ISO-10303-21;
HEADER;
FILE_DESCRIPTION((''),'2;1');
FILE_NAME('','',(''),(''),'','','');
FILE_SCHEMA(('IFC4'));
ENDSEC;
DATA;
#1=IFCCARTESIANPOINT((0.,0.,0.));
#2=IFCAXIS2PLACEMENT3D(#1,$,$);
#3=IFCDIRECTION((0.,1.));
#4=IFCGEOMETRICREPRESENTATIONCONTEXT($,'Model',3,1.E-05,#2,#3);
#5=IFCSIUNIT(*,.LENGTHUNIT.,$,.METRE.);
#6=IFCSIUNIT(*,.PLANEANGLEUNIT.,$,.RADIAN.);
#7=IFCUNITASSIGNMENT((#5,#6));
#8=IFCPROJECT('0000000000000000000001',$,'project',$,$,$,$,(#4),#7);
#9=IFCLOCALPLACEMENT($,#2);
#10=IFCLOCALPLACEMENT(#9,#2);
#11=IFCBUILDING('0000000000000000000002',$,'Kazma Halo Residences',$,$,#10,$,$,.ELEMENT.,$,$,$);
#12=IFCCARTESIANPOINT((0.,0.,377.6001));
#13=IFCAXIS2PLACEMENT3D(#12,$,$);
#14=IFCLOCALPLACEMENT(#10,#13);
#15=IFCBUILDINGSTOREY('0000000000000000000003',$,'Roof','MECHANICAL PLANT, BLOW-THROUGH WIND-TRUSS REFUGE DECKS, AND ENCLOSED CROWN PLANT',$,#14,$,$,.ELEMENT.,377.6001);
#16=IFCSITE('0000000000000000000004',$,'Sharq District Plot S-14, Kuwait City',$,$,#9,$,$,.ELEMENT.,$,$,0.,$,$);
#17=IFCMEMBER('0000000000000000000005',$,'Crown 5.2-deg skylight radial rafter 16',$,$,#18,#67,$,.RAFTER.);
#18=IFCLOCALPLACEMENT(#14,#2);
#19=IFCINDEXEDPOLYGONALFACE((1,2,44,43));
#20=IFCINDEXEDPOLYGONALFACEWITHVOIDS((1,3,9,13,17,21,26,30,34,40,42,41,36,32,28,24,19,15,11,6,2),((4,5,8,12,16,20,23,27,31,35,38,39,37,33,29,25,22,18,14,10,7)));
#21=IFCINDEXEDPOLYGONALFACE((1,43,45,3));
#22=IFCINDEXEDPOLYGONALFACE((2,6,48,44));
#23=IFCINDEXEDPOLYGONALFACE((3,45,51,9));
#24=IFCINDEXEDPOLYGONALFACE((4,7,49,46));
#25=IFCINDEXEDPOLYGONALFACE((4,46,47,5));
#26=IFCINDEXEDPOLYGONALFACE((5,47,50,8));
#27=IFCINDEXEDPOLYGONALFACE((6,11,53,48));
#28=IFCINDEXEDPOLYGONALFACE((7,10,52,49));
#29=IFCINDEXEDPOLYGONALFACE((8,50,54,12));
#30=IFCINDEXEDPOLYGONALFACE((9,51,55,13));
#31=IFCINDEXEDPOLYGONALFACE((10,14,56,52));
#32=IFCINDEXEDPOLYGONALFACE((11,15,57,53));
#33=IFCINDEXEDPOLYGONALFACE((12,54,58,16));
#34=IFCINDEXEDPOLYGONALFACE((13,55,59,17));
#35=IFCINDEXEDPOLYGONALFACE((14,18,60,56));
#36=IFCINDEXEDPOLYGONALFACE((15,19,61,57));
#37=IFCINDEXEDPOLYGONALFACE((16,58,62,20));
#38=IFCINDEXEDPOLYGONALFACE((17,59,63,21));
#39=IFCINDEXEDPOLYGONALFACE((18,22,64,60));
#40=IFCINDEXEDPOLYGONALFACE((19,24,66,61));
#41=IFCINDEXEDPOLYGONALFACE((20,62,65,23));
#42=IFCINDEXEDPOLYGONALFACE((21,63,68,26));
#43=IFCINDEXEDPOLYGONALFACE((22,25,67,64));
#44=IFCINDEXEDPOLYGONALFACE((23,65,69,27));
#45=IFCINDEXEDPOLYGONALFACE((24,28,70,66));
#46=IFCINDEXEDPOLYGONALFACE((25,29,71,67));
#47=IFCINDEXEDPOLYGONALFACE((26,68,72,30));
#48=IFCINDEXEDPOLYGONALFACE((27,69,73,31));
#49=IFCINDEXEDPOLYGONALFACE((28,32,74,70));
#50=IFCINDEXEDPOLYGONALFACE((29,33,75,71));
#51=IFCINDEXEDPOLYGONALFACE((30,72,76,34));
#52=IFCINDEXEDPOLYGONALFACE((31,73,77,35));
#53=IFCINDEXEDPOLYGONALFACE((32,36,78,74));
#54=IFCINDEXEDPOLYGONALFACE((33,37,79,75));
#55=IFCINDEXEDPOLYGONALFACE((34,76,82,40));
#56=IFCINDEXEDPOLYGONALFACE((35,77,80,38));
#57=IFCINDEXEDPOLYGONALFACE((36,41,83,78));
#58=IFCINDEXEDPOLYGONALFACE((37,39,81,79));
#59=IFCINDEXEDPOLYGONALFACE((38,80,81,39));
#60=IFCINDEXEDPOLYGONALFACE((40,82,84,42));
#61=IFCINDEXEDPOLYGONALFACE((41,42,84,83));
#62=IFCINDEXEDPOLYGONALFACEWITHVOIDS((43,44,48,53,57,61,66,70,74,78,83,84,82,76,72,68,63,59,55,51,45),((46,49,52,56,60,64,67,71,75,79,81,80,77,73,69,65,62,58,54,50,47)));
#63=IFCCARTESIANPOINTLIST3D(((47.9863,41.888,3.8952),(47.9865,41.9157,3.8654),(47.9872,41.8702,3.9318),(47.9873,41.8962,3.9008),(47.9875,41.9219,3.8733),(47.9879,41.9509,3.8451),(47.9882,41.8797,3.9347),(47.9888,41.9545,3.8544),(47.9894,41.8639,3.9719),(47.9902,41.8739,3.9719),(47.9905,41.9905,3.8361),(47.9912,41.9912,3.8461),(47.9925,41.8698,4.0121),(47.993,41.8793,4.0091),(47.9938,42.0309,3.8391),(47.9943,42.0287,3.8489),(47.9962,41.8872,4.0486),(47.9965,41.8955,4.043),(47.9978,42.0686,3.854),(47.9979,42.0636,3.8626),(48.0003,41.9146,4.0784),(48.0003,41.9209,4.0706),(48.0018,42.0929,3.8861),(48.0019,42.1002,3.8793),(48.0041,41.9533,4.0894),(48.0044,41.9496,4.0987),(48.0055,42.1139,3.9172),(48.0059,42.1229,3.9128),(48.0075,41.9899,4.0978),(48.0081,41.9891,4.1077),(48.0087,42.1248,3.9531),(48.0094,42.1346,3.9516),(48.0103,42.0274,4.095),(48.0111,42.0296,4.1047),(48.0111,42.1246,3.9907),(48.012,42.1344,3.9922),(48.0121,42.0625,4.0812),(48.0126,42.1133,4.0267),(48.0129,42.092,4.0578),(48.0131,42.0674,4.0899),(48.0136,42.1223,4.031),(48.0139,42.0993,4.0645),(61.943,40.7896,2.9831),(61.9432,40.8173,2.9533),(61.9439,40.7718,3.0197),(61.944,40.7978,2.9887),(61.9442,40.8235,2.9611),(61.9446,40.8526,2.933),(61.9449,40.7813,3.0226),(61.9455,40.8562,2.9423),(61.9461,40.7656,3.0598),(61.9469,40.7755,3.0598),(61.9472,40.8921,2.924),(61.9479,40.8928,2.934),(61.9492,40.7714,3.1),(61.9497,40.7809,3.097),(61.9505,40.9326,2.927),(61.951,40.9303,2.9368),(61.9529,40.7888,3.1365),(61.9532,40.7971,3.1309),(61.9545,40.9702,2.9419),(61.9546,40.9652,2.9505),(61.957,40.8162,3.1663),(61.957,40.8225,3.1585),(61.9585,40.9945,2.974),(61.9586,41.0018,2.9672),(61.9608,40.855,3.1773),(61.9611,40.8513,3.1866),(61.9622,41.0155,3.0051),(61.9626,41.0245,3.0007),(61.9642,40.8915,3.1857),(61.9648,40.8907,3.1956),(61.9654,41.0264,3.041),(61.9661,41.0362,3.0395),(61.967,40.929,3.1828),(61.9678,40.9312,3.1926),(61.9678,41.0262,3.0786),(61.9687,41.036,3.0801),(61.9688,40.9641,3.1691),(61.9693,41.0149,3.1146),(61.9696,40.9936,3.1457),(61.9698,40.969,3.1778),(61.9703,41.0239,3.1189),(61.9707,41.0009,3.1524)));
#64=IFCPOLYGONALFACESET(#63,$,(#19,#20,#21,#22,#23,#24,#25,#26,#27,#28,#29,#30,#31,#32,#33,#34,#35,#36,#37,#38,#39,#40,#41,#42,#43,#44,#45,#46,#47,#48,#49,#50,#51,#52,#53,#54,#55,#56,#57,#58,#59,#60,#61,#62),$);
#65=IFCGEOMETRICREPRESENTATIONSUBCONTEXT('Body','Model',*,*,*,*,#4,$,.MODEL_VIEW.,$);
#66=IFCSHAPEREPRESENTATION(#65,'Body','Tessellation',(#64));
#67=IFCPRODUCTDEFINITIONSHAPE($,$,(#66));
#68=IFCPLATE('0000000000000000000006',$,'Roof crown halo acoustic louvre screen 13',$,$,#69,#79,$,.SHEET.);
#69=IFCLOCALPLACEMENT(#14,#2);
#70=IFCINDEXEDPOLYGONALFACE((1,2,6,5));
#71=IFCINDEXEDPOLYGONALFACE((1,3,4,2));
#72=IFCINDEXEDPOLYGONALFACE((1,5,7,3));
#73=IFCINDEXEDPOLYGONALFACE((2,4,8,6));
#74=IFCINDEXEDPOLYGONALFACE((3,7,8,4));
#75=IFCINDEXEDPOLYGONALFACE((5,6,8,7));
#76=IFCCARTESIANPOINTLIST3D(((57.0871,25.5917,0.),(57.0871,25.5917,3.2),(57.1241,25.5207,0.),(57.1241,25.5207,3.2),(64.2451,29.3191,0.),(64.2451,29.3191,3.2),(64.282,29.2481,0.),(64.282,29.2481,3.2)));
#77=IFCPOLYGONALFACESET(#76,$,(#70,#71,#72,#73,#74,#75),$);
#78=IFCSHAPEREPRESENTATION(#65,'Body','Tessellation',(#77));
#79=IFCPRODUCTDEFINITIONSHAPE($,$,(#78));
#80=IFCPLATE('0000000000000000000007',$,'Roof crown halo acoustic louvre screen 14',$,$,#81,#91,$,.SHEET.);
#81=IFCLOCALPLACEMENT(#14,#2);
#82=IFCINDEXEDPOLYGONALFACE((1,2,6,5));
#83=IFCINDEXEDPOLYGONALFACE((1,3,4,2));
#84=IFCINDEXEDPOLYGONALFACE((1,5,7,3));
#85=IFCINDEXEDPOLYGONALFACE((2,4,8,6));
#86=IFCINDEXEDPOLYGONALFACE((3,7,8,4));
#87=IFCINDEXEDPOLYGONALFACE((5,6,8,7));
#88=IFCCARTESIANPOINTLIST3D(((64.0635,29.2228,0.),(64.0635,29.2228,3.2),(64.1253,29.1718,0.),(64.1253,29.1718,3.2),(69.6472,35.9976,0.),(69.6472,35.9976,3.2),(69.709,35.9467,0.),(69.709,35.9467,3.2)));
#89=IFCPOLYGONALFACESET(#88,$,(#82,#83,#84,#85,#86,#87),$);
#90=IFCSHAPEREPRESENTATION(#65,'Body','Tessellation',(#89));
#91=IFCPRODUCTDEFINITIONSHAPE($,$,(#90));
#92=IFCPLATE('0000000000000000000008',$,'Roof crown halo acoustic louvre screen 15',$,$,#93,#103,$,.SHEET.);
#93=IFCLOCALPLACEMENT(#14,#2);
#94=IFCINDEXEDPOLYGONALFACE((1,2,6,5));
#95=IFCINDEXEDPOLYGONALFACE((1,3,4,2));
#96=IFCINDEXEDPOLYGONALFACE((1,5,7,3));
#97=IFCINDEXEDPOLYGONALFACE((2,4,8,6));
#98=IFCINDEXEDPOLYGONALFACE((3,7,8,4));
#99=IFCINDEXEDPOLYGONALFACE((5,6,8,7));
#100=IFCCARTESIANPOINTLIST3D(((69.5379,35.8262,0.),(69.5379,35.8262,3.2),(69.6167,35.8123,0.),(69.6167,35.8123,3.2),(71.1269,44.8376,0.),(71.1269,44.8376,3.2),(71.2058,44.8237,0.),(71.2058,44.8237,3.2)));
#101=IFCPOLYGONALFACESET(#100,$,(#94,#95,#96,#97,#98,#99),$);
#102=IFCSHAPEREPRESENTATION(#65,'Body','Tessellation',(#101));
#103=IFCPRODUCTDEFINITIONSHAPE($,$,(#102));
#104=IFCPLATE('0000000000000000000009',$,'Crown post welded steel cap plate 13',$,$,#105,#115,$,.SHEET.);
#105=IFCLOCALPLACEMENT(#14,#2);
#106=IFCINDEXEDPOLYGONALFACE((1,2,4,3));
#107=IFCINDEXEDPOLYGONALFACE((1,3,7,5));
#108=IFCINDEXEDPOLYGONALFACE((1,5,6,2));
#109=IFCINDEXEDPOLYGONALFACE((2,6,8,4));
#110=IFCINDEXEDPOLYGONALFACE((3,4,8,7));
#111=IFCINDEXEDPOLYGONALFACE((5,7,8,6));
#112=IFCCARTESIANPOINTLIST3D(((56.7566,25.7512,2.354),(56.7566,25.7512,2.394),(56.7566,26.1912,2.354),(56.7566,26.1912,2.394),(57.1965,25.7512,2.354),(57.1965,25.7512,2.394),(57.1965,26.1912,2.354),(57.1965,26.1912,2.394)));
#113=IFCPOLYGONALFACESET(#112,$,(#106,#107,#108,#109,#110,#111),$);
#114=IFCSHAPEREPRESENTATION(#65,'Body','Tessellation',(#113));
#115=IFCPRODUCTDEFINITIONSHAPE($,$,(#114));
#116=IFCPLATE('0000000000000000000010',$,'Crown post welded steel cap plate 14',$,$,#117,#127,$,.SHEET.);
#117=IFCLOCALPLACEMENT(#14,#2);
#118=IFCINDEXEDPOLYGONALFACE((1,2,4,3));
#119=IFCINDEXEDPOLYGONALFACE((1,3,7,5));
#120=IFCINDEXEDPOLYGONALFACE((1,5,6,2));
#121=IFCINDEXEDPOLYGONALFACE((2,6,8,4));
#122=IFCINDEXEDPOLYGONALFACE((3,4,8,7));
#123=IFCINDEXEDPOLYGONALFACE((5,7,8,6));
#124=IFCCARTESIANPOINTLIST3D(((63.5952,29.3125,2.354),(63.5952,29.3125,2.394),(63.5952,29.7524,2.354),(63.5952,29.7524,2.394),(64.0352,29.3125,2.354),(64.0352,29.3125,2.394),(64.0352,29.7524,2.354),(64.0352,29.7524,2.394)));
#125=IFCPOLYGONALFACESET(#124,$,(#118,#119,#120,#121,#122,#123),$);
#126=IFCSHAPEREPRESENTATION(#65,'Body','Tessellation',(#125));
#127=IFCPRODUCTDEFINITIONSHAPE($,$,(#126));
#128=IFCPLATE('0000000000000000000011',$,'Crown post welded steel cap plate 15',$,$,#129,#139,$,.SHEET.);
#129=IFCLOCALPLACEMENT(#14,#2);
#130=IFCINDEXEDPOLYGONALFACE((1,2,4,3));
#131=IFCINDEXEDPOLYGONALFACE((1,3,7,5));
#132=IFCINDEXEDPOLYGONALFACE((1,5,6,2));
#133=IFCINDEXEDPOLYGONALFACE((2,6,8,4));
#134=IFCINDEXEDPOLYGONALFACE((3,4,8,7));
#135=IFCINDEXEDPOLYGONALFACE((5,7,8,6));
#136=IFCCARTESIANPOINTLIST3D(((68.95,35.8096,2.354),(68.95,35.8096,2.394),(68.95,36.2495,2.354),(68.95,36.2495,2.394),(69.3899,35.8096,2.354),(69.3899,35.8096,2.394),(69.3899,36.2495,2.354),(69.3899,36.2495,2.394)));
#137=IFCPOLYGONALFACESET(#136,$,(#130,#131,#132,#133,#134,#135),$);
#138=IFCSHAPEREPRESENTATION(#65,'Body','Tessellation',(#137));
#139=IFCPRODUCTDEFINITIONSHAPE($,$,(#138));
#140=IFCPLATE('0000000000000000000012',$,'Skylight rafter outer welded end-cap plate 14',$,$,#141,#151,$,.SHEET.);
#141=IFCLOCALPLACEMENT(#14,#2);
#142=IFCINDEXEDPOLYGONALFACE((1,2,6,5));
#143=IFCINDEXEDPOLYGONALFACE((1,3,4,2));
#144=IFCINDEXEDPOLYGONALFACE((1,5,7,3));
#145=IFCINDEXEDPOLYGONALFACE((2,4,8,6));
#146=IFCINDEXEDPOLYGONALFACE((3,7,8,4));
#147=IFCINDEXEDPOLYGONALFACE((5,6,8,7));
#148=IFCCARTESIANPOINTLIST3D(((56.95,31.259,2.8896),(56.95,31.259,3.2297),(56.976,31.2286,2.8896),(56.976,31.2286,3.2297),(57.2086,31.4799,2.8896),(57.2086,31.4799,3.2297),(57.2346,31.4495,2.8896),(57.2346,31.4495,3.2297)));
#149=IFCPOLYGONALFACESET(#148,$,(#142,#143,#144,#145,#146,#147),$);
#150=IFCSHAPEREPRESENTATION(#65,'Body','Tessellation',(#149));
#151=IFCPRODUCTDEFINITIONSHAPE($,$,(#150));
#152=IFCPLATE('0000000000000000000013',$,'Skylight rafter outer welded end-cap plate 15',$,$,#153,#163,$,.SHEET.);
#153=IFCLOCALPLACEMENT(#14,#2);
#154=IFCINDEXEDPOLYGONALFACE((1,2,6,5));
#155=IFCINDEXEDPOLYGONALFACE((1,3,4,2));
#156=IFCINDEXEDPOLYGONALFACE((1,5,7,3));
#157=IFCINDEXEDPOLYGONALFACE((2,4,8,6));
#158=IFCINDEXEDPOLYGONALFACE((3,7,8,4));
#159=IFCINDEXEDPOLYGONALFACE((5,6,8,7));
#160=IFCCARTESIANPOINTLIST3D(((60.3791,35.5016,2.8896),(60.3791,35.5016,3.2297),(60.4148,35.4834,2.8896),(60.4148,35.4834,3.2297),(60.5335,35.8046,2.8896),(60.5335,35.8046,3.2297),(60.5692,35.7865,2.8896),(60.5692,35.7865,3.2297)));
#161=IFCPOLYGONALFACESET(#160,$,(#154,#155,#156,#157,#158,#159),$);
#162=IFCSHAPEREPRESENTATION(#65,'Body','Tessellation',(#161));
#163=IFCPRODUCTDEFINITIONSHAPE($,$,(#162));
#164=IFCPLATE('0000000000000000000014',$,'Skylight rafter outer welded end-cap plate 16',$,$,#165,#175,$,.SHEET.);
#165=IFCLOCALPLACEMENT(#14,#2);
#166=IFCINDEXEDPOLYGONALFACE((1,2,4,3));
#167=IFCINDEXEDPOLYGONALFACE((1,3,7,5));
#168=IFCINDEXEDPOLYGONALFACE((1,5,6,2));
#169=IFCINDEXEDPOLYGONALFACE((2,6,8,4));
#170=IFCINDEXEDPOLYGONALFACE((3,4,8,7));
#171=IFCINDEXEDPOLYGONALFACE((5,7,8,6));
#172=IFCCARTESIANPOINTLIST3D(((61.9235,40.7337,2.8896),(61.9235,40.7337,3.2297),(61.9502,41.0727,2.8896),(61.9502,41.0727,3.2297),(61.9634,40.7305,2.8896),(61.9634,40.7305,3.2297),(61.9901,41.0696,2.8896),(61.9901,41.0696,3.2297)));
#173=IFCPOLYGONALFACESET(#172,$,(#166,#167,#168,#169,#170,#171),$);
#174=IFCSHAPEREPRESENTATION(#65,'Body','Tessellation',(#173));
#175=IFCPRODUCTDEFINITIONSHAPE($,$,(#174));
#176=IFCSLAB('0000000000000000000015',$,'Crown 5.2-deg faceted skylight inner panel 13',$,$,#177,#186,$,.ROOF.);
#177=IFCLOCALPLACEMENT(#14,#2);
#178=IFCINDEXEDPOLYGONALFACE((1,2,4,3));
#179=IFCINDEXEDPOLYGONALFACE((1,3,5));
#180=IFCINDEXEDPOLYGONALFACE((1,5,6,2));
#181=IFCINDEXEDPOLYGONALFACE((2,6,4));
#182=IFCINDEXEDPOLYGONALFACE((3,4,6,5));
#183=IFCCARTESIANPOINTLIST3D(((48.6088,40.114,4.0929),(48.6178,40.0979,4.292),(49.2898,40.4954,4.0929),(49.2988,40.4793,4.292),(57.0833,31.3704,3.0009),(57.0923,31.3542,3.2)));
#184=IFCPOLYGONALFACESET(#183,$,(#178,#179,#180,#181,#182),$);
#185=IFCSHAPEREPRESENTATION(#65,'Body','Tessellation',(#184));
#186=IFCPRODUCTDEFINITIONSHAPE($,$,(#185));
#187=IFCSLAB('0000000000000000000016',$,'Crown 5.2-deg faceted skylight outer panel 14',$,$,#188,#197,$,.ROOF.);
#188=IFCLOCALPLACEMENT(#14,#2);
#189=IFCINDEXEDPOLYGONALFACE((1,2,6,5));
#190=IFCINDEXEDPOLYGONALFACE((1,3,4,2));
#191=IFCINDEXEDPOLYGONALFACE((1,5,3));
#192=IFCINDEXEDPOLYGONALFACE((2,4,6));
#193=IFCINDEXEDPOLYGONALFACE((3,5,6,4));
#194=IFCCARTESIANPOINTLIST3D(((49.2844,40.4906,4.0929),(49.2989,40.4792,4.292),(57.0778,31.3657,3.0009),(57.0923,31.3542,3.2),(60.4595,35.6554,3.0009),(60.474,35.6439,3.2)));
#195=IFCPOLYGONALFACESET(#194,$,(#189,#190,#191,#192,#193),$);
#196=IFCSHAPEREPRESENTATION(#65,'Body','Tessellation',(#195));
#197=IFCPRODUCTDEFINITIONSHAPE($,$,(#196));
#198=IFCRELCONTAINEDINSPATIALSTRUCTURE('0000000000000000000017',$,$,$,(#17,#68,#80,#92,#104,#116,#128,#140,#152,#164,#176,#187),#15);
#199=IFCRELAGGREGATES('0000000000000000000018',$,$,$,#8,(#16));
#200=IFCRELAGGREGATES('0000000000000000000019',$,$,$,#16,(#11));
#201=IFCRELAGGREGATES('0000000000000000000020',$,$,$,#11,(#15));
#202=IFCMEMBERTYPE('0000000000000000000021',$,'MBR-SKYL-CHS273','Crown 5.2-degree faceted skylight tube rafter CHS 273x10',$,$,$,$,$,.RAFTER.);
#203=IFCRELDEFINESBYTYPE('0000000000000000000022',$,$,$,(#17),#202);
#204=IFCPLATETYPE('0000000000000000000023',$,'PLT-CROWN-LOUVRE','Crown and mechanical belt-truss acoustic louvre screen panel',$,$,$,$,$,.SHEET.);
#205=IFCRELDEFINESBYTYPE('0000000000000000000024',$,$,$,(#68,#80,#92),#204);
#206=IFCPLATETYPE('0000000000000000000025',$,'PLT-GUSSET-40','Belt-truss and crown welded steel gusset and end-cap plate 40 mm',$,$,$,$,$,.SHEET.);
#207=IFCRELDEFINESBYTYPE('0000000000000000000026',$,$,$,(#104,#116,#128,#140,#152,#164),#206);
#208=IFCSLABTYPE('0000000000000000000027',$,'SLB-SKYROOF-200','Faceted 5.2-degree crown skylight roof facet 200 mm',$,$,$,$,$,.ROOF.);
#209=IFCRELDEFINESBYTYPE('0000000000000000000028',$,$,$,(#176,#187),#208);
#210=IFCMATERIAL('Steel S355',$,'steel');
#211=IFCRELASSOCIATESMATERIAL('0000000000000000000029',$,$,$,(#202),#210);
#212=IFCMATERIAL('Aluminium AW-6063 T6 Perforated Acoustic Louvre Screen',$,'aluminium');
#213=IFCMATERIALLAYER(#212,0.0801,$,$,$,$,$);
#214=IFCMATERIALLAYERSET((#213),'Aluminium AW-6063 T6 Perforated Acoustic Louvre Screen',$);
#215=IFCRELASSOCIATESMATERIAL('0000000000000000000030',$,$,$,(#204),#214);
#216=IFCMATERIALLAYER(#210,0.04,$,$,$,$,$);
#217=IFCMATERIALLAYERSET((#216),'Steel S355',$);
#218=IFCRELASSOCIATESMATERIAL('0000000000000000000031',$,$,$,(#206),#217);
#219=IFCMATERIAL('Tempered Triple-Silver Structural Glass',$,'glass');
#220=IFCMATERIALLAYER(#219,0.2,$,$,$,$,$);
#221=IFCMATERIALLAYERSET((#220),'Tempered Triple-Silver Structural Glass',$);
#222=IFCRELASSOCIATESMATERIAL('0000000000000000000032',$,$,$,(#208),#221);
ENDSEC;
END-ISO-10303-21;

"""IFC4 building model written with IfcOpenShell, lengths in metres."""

from ifc_helpers import new_model, si_unit, direction, frame, origin, origin_2d, place, context, subcontext, project, spatial, polyline, rectangle, hollow_circle, outline, extrude, material, layer, layer_set, material_profile, profile_set, type_object, element, save


model = new_model("IFC4")

# Units and contexts
model_context = context("Model", 3, precision=1e-05, world=origin(), true_north=direction((0.0, 1.0)))
body_context = subcontext(model_context, "Body", "Model", "MODEL_VIEW")
ifc_project = project(units=[si_unit("LENGTHUNIT", "METRE"), si_unit("PLANEANGLEUNIT", "RADIAN")], contexts=[model_context])

# Site, building, storey
site_placement = place(None, origin())
site = spatial("IfcSite", under=ifc_project, at=site_placement, Name="Sharq District Plot S-14, Kuwait City", CompositionType="ELEMENT", RefElevation=0.0)
building_placement = place(site_placement, origin())
building = spatial("IfcBuilding", under=site, at=building_placement, Name="Kazma Halo Residences", CompositionType="ELEMENT")
storey_placement = place(building_placement, frame((0.0, 0.0, 377.6001)))
storey = spatial("IfcBuildingStorey", under=building, at=storey_placement, Name="Roof", Description="MECHANICAL PLANT, BLOW-THROUGH WIND-TRUSS REFUGE DECKS, AND ENCLOSED CROWN PLANT", CompositionType="ELEMENT", Elevation=377.6001)

# Shared definitions
ifc_material_1 = material(Name="Steel S355", Category="steel")

# Member
ifc_material_profile_1 = material_profile(ifc_material_1, hollow_circle(Radius=0.1365, WallThickness=0.01, at=origin_2d()), Name="CHS273x10")
ifc_profile_set_1 = profile_set([ifc_material_profile_1], Name="Steel S355")
member_type = type_object("IfcMemberType", Name="MBR-SKYL-CHS273", Description="Crown 5.2-degree faceted skylight tube rafter CHS 273x10", PredefinedType="RAFTER", material=ifc_profile_set_1)
member_placement = place(storey_placement, frame((61.9568, 40.9016, 3.0598), z_axis=(-0.994808, 0.078291, 0.065013), x_axis=(-0.078457, -0.996918, 0.0)))
element("IfcMember", 1, at=member_placement, inside=storey, type_object=member_type, Name="Crown 5.2-deg skylight radial rafter 16", PredefinedType="RAFTER", context=body_context, shape_type="SweptSolid", body=[
    extrude(hollow_circle(Radius=0.1365, WallThickness=0.01, at=origin_2d()), origin(), (0.0, 0.0, 1.0), 14.0295),
])

# Plates
ifc_material_2 = material(Name="Aluminium AW-6063 T6 Perforated Acoustic Louvre Screen", Category="aluminium")
ifc_layer_1 = layer(ifc_material_2, 0.0801)
ifc_layer_set_1 = layer_set([ifc_layer_1], Name="Aluminium AW-6063 T6 Perforated Acoustic Louvre Screen")
plate_type_1 = type_object("IfcPlateType", Name="PLT-CROWN-LOUVRE", Description="Crown and mechanical belt-truss acoustic louvre screen panel", PredefinedType="SHEET", material=ifc_layer_set_1)
plate_1_placement = place(storey_placement, frame((60.6846, 27.4199, 0.0), z_axis=(0.0, 0.0, 1.0), x_axis=(0.88695, 0.461866, 0.0)))
element("IfcPlate", 2, at=plate_1_placement, inside=storey, type_object=plate_type_1, Name="Roof crown halo acoustic louvre screen 13", PredefinedType="SHEET", context=body_context, shape_type="SweptSolid", body=[
    extrude(rectangle(XDim=8.0703, YDim=0.0801, at=origin_2d()), origin(), (0.0, 0.0, 1.0), 3.2),
])
plate_2_placement = place(storey_placement, frame((66.8862, 32.5847, 0.0), z_axis=(0.0, 0.0, 1.0), x_axis=(0.636008, 0.771683, 0.0)))
element("IfcPlate", 3, at=plate_2_placement, inside=storey, type_object=plate_type_1, Name="Roof crown halo acoustic louvre screen 14", PredefinedType="SHEET", context=body_context, shape_type="SweptSolid", body=[
    extrude(rectangle(XDim=8.7793, YDim=0.0801, at=origin_2d()), origin(), (0.0, 0.0, 1.0), 3.2),
])
plate_3_placement = place(storey_placement, frame((70.3718, 40.325, 0.0), z_axis=(0.0, 0.0, 1.0), x_axis=(0.173656, 0.984806, 0.0)))
element("IfcPlate", 4, at=plate_3_placement, inside=storey, type_object=plate_type_1, Name="Roof crown halo acoustic louvre screen 15", PredefinedType="SHEET", context=body_context, shape_type="SweptSolid", body=[
    extrude(rectangle(XDim=9.1504, YDim=0.0801, at=origin_2d()), origin(), (0.0, 0.0, 1.0), 3.2),
])
ifc_layer_2 = layer(ifc_material_1, 0.04)
ifc_layer_set_2 = layer_set([ifc_layer_2], Name="Steel S355")
plate_type_2 = type_object("IfcPlateType", Name="PLT-GUSSET-40", Description="Belt-truss and crown welded steel gusset and end-cap plate 40 mm", PredefinedType="SHEET", material=ifc_layer_set_2)
for number, where, z_axis, x_axis, name in (
    (5, (56.9766, 25.9712, 2.354), (0.0, 0.0, 1.0), (1.0, 0.0, 0.0), "Crown post welded steel cap plate 13"),
    (6, (63.8152, 29.5325, 2.354), (0.0, 0.0, 1.0), (1.0, 0.0, 0.0), "Crown post welded steel cap plate 14"),
    (7, (69.1699, 36.0295, 2.354), (0.0, 0.0, 1.0), (1.0, 0.0, 0.0), "Crown post welded steel cap plate 15"),
):
    element("IfcPlate", number, at=place(storey_placement, frame(where, z_axis=z_axis, x_axis=x_axis)), inside=storey, type_object=plate_type_2, Name=name, PredefinedType="SHEET", context=body_context, shape_type="SweptSolid", body=[
        extrude(rectangle(XDim=0.4399, YDim=0.4399, at=origin_2d()), origin(), (0.0, 0.0, 1.0), 0.04),
    ])
for number, where, z_axis, x_axis, name in (
    (8, (57.0923, 31.3542, 2.8896), (0.0, 0.0, 1.0), (0.649448, -0.760406, 0.0), "Skylight rafter outer welded end-cap plate 14"),
    (9, (60.4741, 35.644, 2.8896), (0.0, 0.0, 1.0), (0.891007, -0.45399, 0.0), "Skylight rafter outer welded end-cap plate 15"),
    (10, (61.9568, 40.9016, 2.8896), (0.0, 0.0, 1.0), (0.996917, -0.078459, 0.0), "Skylight rafter outer welded end-cap plate 16"),
):
    element("IfcPlate", number, at=place(storey_placement, frame(where, z_axis=z_axis, x_axis=x_axis)), inside=storey, type_object=plate_type_2, Name=name, PredefinedType="SHEET", context=body_context, shape_type="SweptSolid", body=[
        extrude(rectangle(XDim=0.04, YDim=0.3401, at=origin_2d()), origin(), (0.0, 0.0, 1.0), 0.3401),
    ])

# Slabs
ifc_material_3 = material(Name="Tempered Triple-Silver Structural Glass", Category="glass")
ifc_layer_3 = layer(ifc_material_3, 0.2)
ifc_layer_set_3 = layer_set([ifc_layer_3], Name="Tempered Triple-Silver Structural Glass")
slab_type = type_object("IfcSlabType", Name="SLB-SKYROOF-200", Description="Faceted 5.2-degree crown skylight roof facet 200 mm", PredefinedType="ROOF", material=ifc_layer_set_3)
slab_1_placement = place(storey_placement, frame((57.0923, 31.3542, 3.2), z_axis=(0.045145, -0.080607, 0.995723), x_axis=(-0.646774, 0.757278, 0.090628)))
element("IfcSlab", 11, at=slab_1_placement, inside=storey, type_object=slab_type, Name="Crown 5.2-deg faceted skylight inner panel 13", PredefinedType="ROOF", context=body_context, shape_type="SweptSolid", body=[
    extrude(outline(polyline([(0.0, 0.0), (12.0498, 0.0), (12.2014, 0.7656), (0.0, 0.0)])), origin(), (0.0, 0.0, -1.0), 0.2),
])
slab_2_placement = place(storey_placement, frame((57.0923, 31.3542, 3.2), z_axis=(0.072554, -0.057197, 0.995723), x_axis=(0.619098, 0.785314, 0.0)))
element("IfcSlab", 12, at=slab_2_placement, inside=storey, type_object=slab_type, Name="Crown 5.2-deg faceted skylight outer panel 14", PredefinedType="ROOF", context=body_context, shape_type="SweptSolid", body=[
    extrude(outline(polyline([(0.0, 0.0), (5.4624, 0.0), (2.3411, 11.8201), (0.0, 0.0)])), origin(), (0.0, 0.0, -1.0), 0.2),
])

save(model, "model.ifc")
